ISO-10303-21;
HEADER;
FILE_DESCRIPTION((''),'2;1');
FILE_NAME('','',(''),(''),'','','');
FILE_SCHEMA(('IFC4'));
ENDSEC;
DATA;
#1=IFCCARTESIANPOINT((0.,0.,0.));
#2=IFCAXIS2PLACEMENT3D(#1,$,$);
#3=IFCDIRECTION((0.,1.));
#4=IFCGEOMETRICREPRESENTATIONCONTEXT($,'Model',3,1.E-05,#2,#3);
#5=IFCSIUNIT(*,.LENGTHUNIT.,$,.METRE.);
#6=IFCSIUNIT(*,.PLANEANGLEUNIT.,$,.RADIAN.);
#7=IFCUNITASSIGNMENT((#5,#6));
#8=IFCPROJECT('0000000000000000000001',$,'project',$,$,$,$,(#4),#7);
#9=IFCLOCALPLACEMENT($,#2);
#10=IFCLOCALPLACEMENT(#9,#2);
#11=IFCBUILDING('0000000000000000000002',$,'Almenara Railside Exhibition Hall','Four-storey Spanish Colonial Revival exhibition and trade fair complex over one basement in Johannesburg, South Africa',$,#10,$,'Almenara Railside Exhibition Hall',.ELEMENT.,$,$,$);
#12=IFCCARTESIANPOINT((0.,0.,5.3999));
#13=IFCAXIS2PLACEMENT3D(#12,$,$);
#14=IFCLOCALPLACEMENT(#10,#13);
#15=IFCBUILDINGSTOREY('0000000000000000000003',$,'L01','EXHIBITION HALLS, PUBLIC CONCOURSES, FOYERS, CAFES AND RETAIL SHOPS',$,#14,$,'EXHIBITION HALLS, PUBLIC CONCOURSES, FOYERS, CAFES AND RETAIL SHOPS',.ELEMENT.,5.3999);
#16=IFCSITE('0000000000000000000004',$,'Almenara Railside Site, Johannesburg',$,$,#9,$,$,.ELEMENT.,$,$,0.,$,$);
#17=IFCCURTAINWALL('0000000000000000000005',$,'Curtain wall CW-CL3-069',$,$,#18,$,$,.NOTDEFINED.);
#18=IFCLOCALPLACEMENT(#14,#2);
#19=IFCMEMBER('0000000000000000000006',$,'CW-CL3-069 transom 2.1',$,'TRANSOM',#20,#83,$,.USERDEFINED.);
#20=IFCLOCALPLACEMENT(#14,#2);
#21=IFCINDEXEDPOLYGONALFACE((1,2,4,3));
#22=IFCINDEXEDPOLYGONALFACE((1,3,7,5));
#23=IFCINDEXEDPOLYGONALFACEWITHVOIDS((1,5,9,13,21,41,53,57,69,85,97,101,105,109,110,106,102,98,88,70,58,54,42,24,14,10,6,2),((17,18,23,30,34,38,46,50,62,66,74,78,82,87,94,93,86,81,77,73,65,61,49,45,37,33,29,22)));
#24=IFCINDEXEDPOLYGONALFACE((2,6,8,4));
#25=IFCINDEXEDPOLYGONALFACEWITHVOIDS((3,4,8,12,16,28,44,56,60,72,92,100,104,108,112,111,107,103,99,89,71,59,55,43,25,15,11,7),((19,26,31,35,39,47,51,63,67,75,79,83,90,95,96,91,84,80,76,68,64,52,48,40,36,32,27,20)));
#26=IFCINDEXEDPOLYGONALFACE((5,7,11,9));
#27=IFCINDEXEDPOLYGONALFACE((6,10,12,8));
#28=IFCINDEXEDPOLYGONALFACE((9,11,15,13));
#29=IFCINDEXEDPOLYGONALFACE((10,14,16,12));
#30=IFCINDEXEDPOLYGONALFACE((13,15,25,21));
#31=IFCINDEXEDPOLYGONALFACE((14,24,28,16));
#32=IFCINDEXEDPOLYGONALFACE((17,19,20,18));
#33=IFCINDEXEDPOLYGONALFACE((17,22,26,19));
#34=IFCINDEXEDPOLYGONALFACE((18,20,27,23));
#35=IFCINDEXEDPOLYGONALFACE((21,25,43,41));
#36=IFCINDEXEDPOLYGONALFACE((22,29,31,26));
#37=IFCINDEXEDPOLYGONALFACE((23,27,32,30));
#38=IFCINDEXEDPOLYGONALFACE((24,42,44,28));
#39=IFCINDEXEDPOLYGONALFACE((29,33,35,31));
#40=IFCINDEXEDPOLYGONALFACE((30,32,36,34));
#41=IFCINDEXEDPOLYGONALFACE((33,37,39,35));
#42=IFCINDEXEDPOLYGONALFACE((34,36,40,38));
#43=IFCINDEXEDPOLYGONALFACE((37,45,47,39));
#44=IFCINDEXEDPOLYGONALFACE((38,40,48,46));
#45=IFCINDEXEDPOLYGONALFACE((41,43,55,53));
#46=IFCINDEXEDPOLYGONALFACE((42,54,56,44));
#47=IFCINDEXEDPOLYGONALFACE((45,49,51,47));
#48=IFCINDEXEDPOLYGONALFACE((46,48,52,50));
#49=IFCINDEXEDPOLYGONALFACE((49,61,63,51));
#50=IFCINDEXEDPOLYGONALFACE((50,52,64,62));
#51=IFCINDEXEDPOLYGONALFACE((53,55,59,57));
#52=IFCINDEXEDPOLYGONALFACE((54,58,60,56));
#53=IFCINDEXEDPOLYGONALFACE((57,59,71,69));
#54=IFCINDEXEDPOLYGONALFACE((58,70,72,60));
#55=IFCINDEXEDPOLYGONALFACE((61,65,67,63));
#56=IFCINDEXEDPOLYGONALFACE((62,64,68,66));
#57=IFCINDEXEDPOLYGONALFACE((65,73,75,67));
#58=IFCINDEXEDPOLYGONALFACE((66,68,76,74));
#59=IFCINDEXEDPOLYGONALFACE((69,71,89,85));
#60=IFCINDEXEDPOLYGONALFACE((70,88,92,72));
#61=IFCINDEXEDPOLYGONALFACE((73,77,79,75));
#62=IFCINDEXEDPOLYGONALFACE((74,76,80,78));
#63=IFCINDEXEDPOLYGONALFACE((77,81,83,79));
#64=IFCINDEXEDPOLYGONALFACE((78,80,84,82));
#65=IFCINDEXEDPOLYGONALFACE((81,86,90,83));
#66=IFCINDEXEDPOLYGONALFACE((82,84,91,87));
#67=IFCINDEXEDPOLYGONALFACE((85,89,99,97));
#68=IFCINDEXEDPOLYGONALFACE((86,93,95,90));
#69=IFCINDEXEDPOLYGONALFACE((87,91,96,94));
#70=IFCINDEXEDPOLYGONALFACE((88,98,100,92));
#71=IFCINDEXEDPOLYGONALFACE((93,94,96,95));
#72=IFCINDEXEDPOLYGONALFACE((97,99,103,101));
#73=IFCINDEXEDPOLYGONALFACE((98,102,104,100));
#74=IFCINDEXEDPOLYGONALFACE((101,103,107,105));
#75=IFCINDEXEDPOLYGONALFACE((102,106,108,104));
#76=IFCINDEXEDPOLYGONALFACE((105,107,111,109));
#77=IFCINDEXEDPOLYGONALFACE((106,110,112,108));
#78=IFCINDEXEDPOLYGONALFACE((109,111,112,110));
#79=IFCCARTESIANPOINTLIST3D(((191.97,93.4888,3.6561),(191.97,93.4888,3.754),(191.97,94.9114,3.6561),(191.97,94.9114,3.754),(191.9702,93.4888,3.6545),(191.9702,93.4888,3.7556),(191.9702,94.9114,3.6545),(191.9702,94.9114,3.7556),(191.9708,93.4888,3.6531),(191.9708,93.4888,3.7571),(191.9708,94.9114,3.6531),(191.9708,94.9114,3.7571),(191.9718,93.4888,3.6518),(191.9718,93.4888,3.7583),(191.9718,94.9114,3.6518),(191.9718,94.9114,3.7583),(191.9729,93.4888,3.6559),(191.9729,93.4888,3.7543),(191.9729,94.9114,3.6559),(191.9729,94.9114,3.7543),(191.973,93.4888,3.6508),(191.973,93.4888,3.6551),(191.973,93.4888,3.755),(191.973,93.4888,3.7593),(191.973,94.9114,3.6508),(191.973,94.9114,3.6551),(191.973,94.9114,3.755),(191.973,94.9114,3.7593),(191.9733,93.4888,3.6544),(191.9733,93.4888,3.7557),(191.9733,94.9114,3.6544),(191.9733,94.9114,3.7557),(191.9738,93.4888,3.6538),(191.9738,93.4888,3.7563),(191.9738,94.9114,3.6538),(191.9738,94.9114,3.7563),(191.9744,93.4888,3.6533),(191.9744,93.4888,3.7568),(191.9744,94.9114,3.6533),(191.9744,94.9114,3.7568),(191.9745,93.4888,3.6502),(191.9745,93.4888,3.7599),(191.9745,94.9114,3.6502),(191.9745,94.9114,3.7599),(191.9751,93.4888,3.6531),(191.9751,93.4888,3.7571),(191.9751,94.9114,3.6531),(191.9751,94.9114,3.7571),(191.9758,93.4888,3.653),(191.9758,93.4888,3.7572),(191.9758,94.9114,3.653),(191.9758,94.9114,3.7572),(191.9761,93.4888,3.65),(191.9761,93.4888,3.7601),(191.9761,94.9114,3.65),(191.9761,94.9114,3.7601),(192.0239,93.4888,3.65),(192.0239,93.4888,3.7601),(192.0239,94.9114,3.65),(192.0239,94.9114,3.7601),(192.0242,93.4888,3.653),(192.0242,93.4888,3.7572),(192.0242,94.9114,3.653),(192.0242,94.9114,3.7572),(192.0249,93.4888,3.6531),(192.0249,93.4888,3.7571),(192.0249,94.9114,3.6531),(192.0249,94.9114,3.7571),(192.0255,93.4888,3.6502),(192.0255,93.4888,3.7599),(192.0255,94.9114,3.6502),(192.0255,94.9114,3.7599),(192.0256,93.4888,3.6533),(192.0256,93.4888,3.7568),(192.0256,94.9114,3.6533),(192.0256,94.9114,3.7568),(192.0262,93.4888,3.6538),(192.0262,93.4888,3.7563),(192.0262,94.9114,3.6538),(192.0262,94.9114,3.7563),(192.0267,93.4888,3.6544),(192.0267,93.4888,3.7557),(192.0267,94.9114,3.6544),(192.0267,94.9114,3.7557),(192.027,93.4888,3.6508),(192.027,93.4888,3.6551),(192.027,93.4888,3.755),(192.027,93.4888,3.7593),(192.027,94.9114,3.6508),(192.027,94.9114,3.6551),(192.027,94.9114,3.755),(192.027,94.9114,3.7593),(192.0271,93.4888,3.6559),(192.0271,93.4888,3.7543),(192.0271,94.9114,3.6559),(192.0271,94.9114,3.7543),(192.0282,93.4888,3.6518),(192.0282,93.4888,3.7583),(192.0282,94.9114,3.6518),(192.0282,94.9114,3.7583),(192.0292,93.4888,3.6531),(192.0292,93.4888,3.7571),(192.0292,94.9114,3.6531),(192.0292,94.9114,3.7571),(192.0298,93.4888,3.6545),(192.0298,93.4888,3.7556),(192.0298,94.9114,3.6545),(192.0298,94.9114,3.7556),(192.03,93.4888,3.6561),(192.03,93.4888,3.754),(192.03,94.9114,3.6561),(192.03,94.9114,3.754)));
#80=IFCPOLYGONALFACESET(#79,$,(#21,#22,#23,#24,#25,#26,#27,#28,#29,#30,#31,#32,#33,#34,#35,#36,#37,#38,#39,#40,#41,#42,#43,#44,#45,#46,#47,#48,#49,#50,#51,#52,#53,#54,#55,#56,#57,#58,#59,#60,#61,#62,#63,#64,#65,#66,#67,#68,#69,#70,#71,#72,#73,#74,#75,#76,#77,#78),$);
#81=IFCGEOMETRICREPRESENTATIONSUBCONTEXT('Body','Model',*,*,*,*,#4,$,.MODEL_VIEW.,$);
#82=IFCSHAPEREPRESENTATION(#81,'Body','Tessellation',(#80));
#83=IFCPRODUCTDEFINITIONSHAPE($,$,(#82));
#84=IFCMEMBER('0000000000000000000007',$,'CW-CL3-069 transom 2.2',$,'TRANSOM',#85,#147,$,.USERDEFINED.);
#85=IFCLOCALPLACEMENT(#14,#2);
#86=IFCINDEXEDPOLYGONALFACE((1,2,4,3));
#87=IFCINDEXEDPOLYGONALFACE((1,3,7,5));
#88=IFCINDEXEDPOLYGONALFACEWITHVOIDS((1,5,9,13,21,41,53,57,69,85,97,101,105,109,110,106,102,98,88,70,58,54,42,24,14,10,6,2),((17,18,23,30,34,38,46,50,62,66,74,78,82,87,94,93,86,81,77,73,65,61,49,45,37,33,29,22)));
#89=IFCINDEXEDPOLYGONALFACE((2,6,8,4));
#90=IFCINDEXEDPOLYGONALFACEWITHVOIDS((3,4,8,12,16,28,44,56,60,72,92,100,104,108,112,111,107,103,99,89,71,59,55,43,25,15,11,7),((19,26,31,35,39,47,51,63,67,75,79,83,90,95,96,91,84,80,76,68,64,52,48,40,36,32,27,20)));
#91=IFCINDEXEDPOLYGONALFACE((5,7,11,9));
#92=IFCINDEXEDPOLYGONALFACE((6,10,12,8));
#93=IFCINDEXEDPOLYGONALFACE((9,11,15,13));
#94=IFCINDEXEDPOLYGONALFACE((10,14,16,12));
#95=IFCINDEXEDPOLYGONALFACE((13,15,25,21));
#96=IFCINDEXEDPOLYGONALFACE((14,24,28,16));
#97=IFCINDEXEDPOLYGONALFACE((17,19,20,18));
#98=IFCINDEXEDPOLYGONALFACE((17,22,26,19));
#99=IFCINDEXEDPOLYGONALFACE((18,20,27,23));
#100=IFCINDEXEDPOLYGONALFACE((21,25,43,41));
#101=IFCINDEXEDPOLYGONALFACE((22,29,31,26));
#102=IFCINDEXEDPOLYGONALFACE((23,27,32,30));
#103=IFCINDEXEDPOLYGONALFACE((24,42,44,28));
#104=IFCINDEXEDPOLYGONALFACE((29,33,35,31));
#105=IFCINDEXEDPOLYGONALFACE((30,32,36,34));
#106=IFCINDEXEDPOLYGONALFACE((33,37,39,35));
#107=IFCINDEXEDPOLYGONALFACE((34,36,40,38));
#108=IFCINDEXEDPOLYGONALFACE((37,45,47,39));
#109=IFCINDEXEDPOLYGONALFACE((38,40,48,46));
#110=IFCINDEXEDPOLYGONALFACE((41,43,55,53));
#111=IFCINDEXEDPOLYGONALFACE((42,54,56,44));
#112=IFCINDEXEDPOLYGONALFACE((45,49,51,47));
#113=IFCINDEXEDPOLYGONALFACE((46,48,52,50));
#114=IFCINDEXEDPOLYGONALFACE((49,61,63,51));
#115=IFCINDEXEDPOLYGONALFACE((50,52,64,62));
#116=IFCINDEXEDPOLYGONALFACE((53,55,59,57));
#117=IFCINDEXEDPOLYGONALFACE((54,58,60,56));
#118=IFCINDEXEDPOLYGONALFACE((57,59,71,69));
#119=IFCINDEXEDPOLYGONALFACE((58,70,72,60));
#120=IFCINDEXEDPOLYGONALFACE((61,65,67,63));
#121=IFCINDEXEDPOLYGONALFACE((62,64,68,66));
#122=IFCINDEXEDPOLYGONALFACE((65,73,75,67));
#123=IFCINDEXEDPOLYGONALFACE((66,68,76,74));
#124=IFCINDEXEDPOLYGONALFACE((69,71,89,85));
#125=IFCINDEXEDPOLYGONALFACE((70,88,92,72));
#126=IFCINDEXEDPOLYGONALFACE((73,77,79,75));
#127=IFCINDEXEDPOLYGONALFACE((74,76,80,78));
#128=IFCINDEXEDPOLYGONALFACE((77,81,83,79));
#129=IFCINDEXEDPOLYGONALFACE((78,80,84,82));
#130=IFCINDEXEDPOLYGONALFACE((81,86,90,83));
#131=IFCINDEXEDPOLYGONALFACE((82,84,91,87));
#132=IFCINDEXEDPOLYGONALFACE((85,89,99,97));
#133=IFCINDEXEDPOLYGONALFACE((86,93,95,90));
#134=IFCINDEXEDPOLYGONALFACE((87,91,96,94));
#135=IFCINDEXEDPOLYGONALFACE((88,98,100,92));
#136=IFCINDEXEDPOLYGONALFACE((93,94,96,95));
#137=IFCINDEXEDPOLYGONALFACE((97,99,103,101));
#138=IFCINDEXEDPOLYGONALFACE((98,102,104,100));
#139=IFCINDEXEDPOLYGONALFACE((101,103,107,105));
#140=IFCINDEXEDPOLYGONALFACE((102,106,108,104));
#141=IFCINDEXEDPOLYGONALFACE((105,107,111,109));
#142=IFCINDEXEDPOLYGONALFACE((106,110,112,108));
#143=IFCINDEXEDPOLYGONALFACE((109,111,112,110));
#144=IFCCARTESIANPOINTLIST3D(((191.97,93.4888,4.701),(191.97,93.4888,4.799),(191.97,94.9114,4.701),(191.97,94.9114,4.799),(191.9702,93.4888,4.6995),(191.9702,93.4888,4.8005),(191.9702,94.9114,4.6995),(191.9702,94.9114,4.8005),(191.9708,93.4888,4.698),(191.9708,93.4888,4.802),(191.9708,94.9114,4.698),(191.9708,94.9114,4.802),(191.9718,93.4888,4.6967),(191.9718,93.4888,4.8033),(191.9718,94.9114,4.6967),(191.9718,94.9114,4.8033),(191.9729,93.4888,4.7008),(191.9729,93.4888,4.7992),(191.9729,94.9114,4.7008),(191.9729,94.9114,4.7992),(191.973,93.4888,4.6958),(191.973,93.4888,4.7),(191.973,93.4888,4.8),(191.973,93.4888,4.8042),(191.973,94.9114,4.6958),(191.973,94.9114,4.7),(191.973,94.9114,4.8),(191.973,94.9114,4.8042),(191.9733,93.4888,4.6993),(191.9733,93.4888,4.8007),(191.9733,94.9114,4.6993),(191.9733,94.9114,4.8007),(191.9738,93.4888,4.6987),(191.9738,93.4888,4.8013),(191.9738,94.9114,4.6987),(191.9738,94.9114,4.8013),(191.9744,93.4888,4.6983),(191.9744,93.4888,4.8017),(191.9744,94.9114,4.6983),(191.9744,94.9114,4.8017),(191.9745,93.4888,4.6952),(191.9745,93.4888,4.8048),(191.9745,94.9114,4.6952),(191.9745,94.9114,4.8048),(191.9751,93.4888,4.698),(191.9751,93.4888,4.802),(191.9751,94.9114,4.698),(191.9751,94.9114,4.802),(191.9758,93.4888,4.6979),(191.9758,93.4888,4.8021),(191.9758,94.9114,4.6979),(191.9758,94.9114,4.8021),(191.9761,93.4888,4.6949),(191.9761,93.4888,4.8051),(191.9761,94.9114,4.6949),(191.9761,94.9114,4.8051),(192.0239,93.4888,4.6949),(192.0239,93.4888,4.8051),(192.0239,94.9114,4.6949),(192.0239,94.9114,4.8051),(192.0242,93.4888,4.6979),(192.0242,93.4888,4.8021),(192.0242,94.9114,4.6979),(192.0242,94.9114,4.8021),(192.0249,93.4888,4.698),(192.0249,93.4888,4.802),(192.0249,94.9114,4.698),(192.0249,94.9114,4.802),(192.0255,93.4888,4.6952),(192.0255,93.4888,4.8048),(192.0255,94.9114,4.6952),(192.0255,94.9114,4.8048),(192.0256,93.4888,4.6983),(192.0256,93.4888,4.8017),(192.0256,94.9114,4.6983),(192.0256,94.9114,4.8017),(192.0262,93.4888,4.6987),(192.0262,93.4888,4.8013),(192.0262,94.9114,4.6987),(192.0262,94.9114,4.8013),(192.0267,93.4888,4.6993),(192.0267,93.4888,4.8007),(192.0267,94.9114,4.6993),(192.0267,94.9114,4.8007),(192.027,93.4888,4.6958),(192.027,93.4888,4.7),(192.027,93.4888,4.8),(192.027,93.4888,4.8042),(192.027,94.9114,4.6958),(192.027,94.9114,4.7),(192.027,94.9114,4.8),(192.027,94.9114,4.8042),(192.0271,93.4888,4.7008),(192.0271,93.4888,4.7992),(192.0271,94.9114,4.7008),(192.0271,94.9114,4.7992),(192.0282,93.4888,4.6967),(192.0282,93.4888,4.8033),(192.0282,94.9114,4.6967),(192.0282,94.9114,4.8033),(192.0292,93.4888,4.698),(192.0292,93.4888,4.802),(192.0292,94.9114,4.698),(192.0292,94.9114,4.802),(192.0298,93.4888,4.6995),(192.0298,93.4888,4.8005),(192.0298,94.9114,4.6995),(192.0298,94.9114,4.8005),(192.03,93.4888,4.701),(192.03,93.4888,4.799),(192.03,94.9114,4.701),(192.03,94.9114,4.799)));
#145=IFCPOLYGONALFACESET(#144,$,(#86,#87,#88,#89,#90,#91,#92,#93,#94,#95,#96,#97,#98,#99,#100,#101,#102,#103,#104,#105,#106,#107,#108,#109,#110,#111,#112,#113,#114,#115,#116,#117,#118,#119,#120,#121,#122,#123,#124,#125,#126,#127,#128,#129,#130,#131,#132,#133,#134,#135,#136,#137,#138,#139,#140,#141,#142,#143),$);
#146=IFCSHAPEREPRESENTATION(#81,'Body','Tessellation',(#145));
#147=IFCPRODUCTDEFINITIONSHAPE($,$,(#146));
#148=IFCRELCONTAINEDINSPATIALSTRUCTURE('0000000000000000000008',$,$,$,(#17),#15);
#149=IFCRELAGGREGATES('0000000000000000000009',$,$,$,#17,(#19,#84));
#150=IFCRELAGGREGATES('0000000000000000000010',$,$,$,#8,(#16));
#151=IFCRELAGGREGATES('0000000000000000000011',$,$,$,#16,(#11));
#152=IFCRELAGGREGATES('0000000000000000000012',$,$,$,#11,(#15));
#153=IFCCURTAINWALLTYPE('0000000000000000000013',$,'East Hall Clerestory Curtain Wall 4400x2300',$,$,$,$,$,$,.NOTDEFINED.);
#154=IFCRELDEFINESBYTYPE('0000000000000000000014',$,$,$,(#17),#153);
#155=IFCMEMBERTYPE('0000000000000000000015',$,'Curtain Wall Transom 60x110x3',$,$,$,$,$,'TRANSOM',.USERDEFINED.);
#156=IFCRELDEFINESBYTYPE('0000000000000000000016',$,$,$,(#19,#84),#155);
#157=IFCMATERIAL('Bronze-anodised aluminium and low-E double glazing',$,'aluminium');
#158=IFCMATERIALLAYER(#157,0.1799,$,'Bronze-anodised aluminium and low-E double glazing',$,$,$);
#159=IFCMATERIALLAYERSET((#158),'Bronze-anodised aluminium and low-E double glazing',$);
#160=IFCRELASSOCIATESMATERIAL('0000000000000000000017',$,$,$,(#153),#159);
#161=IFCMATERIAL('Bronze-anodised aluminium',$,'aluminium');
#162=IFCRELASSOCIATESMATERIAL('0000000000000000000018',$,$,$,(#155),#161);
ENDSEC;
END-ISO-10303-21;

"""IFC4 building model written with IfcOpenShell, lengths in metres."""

from ifc_helpers import new_model, si_unit, direction, frame, origin, origin_2d, place, context, subcontext, project, spatial, hollow_rectangle, extrude, material, layer, layer_set, material_profile, profile_set, type_object, element, aggregate, save


model = new_model("IFC4")

# Units and contexts
model_context = context("Model", 3, precision=1e-05, world=origin(), true_north=direction((0.0, 1.0)))
body_context = subcontext(model_context, "Body", "Model", "MODEL_VIEW")
ifc_project = project(units=[si_unit("LENGTHUNIT", "METRE"), si_unit("PLANEANGLEUNIT", "RADIAN")], contexts=[model_context])

# Site, building, storey
site_placement = place(None, origin())
site = spatial("IfcSite", under=ifc_project, at=site_placement, Name="Almenara Railside Site, Johannesburg", CompositionType="ELEMENT", RefElevation=0.0)
building_placement = place(site_placement, origin())
building = spatial("IfcBuilding", under=site, at=building_placement, Name="Almenara Railside Exhibition Hall", Description="Four-storey Spanish Colonial Revival exhibition and trade fair complex over one basement in Johannesburg, South Africa", LongName="Almenara Railside Exhibition Hall", CompositionType="ELEMENT")
storey_placement = place(building_placement, frame((0.0, 0.0, 5.3999)))
storey = spatial("IfcBuildingStorey", under=building, at=storey_placement, Name="L01", Description="EXHIBITION HALLS, PUBLIC CONCOURSES, FOYERS, CAFES AND RETAIL SHOPS", LongName="EXHIBITION HALLS, PUBLIC CONCOURSES, FOYERS, CAFES AND RETAIL SHOPS", CompositionType="ELEMENT", Elevation=5.3999)

# Curtain wall, members
ifc_material_1 = material(Name="Bronze-anodised aluminium and low-E double glazing", Category="aluminium")
ifc_layer_1 = layer(ifc_material_1, 0.1799, Name="Bronze-anodised aluminium and low-E double glazing")
ifc_layer_set_1 = layer_set([ifc_layer_1], Name="Bronze-anodised aluminium and low-E double glazing")
curtain_wall_type = type_object("IfcCurtainWallType", Name="East Hall Clerestory Curtain Wall 4400x2300", PredefinedType="NOTDEFINED", material=ifc_layer_set_1)
curtain_wall_placement = place(storey_placement, origin())
curtain_wall = element("IfcCurtainWall", 1, at=curtain_wall_placement, inside=storey, type_object=curtain_wall_type, Name="Curtain wall CW-CL3-069", PredefinedType="NOTDEFINED")
ifc_material_2 = material(Name="Bronze-anodised aluminium", Category="aluminium")
ifc_material_profile_1 = material_profile(ifc_material_2, hollow_rectangle(XDim=0.0601, YDim=0.1101, WallThickness=0.0029, InnerFilletRadius=0.0029, OuterFilletRadius=0.0061, at=origin_2d()), Name="ALU-TRN 60x110x3")
ifc_profile_set_1 = profile_set([ifc_material_profile_1], Name="Bronze-anodised aluminium")
member_type_1 = type_object("IfcMemberType", Name="Curtain Wall Transom 60x110x3", ElementType="TRANSOM", PredefinedType="USERDEFINED", material=ifc_profile_set_1)
member_1_placement = place(storey_placement, frame((192.0, 93.4888, 3.7051), z_axis=(0.0, 1.0, 0.0), x_axis=(-1.0, 0.0, 0.0)))
member_1 = element("IfcMember", 2, at=member_1_placement, type_object=member_type_1, Name="CW-CL3-069 transom 2.1", ObjectType="TRANSOM", PredefinedType="USERDEFINED", context=body_context, shape_type="SweptSolid", body=[
    extrude(hollow_rectangle(XDim=0.0601, YDim=0.1101, WallThickness=0.0029, InnerFilletRadius=0.0029, OuterFilletRadius=0.0061, at=origin_2d()), origin(), (0.0, 0.0, 1.0), 1.4226),
])
member_2_placement = place(storey_placement, frame((192.0, 93.4888, 4.75), z_axis=(0.0, 1.0, 0.0), x_axis=(-1.0, 0.0, 0.0)))
member_2 = element("IfcMember", 3, at=member_2_placement, type_object=member_type_1, Name="CW-CL3-069 transom 2.2", ObjectType="TRANSOM", PredefinedType="USERDEFINED", context=body_context, shape_type="SweptSolid", body=[
    extrude(hollow_rectangle(XDim=0.0601, YDim=0.1101, WallThickness=0.0029, InnerFilletRadius=0.0029, OuterFilletRadius=0.0061, at=origin_2d()), origin(), (0.0, 0.0, 1.0), 1.4226),
])

aggregate(curtain_wall, [member_1, member_2])

save(model, "model.ifc")
